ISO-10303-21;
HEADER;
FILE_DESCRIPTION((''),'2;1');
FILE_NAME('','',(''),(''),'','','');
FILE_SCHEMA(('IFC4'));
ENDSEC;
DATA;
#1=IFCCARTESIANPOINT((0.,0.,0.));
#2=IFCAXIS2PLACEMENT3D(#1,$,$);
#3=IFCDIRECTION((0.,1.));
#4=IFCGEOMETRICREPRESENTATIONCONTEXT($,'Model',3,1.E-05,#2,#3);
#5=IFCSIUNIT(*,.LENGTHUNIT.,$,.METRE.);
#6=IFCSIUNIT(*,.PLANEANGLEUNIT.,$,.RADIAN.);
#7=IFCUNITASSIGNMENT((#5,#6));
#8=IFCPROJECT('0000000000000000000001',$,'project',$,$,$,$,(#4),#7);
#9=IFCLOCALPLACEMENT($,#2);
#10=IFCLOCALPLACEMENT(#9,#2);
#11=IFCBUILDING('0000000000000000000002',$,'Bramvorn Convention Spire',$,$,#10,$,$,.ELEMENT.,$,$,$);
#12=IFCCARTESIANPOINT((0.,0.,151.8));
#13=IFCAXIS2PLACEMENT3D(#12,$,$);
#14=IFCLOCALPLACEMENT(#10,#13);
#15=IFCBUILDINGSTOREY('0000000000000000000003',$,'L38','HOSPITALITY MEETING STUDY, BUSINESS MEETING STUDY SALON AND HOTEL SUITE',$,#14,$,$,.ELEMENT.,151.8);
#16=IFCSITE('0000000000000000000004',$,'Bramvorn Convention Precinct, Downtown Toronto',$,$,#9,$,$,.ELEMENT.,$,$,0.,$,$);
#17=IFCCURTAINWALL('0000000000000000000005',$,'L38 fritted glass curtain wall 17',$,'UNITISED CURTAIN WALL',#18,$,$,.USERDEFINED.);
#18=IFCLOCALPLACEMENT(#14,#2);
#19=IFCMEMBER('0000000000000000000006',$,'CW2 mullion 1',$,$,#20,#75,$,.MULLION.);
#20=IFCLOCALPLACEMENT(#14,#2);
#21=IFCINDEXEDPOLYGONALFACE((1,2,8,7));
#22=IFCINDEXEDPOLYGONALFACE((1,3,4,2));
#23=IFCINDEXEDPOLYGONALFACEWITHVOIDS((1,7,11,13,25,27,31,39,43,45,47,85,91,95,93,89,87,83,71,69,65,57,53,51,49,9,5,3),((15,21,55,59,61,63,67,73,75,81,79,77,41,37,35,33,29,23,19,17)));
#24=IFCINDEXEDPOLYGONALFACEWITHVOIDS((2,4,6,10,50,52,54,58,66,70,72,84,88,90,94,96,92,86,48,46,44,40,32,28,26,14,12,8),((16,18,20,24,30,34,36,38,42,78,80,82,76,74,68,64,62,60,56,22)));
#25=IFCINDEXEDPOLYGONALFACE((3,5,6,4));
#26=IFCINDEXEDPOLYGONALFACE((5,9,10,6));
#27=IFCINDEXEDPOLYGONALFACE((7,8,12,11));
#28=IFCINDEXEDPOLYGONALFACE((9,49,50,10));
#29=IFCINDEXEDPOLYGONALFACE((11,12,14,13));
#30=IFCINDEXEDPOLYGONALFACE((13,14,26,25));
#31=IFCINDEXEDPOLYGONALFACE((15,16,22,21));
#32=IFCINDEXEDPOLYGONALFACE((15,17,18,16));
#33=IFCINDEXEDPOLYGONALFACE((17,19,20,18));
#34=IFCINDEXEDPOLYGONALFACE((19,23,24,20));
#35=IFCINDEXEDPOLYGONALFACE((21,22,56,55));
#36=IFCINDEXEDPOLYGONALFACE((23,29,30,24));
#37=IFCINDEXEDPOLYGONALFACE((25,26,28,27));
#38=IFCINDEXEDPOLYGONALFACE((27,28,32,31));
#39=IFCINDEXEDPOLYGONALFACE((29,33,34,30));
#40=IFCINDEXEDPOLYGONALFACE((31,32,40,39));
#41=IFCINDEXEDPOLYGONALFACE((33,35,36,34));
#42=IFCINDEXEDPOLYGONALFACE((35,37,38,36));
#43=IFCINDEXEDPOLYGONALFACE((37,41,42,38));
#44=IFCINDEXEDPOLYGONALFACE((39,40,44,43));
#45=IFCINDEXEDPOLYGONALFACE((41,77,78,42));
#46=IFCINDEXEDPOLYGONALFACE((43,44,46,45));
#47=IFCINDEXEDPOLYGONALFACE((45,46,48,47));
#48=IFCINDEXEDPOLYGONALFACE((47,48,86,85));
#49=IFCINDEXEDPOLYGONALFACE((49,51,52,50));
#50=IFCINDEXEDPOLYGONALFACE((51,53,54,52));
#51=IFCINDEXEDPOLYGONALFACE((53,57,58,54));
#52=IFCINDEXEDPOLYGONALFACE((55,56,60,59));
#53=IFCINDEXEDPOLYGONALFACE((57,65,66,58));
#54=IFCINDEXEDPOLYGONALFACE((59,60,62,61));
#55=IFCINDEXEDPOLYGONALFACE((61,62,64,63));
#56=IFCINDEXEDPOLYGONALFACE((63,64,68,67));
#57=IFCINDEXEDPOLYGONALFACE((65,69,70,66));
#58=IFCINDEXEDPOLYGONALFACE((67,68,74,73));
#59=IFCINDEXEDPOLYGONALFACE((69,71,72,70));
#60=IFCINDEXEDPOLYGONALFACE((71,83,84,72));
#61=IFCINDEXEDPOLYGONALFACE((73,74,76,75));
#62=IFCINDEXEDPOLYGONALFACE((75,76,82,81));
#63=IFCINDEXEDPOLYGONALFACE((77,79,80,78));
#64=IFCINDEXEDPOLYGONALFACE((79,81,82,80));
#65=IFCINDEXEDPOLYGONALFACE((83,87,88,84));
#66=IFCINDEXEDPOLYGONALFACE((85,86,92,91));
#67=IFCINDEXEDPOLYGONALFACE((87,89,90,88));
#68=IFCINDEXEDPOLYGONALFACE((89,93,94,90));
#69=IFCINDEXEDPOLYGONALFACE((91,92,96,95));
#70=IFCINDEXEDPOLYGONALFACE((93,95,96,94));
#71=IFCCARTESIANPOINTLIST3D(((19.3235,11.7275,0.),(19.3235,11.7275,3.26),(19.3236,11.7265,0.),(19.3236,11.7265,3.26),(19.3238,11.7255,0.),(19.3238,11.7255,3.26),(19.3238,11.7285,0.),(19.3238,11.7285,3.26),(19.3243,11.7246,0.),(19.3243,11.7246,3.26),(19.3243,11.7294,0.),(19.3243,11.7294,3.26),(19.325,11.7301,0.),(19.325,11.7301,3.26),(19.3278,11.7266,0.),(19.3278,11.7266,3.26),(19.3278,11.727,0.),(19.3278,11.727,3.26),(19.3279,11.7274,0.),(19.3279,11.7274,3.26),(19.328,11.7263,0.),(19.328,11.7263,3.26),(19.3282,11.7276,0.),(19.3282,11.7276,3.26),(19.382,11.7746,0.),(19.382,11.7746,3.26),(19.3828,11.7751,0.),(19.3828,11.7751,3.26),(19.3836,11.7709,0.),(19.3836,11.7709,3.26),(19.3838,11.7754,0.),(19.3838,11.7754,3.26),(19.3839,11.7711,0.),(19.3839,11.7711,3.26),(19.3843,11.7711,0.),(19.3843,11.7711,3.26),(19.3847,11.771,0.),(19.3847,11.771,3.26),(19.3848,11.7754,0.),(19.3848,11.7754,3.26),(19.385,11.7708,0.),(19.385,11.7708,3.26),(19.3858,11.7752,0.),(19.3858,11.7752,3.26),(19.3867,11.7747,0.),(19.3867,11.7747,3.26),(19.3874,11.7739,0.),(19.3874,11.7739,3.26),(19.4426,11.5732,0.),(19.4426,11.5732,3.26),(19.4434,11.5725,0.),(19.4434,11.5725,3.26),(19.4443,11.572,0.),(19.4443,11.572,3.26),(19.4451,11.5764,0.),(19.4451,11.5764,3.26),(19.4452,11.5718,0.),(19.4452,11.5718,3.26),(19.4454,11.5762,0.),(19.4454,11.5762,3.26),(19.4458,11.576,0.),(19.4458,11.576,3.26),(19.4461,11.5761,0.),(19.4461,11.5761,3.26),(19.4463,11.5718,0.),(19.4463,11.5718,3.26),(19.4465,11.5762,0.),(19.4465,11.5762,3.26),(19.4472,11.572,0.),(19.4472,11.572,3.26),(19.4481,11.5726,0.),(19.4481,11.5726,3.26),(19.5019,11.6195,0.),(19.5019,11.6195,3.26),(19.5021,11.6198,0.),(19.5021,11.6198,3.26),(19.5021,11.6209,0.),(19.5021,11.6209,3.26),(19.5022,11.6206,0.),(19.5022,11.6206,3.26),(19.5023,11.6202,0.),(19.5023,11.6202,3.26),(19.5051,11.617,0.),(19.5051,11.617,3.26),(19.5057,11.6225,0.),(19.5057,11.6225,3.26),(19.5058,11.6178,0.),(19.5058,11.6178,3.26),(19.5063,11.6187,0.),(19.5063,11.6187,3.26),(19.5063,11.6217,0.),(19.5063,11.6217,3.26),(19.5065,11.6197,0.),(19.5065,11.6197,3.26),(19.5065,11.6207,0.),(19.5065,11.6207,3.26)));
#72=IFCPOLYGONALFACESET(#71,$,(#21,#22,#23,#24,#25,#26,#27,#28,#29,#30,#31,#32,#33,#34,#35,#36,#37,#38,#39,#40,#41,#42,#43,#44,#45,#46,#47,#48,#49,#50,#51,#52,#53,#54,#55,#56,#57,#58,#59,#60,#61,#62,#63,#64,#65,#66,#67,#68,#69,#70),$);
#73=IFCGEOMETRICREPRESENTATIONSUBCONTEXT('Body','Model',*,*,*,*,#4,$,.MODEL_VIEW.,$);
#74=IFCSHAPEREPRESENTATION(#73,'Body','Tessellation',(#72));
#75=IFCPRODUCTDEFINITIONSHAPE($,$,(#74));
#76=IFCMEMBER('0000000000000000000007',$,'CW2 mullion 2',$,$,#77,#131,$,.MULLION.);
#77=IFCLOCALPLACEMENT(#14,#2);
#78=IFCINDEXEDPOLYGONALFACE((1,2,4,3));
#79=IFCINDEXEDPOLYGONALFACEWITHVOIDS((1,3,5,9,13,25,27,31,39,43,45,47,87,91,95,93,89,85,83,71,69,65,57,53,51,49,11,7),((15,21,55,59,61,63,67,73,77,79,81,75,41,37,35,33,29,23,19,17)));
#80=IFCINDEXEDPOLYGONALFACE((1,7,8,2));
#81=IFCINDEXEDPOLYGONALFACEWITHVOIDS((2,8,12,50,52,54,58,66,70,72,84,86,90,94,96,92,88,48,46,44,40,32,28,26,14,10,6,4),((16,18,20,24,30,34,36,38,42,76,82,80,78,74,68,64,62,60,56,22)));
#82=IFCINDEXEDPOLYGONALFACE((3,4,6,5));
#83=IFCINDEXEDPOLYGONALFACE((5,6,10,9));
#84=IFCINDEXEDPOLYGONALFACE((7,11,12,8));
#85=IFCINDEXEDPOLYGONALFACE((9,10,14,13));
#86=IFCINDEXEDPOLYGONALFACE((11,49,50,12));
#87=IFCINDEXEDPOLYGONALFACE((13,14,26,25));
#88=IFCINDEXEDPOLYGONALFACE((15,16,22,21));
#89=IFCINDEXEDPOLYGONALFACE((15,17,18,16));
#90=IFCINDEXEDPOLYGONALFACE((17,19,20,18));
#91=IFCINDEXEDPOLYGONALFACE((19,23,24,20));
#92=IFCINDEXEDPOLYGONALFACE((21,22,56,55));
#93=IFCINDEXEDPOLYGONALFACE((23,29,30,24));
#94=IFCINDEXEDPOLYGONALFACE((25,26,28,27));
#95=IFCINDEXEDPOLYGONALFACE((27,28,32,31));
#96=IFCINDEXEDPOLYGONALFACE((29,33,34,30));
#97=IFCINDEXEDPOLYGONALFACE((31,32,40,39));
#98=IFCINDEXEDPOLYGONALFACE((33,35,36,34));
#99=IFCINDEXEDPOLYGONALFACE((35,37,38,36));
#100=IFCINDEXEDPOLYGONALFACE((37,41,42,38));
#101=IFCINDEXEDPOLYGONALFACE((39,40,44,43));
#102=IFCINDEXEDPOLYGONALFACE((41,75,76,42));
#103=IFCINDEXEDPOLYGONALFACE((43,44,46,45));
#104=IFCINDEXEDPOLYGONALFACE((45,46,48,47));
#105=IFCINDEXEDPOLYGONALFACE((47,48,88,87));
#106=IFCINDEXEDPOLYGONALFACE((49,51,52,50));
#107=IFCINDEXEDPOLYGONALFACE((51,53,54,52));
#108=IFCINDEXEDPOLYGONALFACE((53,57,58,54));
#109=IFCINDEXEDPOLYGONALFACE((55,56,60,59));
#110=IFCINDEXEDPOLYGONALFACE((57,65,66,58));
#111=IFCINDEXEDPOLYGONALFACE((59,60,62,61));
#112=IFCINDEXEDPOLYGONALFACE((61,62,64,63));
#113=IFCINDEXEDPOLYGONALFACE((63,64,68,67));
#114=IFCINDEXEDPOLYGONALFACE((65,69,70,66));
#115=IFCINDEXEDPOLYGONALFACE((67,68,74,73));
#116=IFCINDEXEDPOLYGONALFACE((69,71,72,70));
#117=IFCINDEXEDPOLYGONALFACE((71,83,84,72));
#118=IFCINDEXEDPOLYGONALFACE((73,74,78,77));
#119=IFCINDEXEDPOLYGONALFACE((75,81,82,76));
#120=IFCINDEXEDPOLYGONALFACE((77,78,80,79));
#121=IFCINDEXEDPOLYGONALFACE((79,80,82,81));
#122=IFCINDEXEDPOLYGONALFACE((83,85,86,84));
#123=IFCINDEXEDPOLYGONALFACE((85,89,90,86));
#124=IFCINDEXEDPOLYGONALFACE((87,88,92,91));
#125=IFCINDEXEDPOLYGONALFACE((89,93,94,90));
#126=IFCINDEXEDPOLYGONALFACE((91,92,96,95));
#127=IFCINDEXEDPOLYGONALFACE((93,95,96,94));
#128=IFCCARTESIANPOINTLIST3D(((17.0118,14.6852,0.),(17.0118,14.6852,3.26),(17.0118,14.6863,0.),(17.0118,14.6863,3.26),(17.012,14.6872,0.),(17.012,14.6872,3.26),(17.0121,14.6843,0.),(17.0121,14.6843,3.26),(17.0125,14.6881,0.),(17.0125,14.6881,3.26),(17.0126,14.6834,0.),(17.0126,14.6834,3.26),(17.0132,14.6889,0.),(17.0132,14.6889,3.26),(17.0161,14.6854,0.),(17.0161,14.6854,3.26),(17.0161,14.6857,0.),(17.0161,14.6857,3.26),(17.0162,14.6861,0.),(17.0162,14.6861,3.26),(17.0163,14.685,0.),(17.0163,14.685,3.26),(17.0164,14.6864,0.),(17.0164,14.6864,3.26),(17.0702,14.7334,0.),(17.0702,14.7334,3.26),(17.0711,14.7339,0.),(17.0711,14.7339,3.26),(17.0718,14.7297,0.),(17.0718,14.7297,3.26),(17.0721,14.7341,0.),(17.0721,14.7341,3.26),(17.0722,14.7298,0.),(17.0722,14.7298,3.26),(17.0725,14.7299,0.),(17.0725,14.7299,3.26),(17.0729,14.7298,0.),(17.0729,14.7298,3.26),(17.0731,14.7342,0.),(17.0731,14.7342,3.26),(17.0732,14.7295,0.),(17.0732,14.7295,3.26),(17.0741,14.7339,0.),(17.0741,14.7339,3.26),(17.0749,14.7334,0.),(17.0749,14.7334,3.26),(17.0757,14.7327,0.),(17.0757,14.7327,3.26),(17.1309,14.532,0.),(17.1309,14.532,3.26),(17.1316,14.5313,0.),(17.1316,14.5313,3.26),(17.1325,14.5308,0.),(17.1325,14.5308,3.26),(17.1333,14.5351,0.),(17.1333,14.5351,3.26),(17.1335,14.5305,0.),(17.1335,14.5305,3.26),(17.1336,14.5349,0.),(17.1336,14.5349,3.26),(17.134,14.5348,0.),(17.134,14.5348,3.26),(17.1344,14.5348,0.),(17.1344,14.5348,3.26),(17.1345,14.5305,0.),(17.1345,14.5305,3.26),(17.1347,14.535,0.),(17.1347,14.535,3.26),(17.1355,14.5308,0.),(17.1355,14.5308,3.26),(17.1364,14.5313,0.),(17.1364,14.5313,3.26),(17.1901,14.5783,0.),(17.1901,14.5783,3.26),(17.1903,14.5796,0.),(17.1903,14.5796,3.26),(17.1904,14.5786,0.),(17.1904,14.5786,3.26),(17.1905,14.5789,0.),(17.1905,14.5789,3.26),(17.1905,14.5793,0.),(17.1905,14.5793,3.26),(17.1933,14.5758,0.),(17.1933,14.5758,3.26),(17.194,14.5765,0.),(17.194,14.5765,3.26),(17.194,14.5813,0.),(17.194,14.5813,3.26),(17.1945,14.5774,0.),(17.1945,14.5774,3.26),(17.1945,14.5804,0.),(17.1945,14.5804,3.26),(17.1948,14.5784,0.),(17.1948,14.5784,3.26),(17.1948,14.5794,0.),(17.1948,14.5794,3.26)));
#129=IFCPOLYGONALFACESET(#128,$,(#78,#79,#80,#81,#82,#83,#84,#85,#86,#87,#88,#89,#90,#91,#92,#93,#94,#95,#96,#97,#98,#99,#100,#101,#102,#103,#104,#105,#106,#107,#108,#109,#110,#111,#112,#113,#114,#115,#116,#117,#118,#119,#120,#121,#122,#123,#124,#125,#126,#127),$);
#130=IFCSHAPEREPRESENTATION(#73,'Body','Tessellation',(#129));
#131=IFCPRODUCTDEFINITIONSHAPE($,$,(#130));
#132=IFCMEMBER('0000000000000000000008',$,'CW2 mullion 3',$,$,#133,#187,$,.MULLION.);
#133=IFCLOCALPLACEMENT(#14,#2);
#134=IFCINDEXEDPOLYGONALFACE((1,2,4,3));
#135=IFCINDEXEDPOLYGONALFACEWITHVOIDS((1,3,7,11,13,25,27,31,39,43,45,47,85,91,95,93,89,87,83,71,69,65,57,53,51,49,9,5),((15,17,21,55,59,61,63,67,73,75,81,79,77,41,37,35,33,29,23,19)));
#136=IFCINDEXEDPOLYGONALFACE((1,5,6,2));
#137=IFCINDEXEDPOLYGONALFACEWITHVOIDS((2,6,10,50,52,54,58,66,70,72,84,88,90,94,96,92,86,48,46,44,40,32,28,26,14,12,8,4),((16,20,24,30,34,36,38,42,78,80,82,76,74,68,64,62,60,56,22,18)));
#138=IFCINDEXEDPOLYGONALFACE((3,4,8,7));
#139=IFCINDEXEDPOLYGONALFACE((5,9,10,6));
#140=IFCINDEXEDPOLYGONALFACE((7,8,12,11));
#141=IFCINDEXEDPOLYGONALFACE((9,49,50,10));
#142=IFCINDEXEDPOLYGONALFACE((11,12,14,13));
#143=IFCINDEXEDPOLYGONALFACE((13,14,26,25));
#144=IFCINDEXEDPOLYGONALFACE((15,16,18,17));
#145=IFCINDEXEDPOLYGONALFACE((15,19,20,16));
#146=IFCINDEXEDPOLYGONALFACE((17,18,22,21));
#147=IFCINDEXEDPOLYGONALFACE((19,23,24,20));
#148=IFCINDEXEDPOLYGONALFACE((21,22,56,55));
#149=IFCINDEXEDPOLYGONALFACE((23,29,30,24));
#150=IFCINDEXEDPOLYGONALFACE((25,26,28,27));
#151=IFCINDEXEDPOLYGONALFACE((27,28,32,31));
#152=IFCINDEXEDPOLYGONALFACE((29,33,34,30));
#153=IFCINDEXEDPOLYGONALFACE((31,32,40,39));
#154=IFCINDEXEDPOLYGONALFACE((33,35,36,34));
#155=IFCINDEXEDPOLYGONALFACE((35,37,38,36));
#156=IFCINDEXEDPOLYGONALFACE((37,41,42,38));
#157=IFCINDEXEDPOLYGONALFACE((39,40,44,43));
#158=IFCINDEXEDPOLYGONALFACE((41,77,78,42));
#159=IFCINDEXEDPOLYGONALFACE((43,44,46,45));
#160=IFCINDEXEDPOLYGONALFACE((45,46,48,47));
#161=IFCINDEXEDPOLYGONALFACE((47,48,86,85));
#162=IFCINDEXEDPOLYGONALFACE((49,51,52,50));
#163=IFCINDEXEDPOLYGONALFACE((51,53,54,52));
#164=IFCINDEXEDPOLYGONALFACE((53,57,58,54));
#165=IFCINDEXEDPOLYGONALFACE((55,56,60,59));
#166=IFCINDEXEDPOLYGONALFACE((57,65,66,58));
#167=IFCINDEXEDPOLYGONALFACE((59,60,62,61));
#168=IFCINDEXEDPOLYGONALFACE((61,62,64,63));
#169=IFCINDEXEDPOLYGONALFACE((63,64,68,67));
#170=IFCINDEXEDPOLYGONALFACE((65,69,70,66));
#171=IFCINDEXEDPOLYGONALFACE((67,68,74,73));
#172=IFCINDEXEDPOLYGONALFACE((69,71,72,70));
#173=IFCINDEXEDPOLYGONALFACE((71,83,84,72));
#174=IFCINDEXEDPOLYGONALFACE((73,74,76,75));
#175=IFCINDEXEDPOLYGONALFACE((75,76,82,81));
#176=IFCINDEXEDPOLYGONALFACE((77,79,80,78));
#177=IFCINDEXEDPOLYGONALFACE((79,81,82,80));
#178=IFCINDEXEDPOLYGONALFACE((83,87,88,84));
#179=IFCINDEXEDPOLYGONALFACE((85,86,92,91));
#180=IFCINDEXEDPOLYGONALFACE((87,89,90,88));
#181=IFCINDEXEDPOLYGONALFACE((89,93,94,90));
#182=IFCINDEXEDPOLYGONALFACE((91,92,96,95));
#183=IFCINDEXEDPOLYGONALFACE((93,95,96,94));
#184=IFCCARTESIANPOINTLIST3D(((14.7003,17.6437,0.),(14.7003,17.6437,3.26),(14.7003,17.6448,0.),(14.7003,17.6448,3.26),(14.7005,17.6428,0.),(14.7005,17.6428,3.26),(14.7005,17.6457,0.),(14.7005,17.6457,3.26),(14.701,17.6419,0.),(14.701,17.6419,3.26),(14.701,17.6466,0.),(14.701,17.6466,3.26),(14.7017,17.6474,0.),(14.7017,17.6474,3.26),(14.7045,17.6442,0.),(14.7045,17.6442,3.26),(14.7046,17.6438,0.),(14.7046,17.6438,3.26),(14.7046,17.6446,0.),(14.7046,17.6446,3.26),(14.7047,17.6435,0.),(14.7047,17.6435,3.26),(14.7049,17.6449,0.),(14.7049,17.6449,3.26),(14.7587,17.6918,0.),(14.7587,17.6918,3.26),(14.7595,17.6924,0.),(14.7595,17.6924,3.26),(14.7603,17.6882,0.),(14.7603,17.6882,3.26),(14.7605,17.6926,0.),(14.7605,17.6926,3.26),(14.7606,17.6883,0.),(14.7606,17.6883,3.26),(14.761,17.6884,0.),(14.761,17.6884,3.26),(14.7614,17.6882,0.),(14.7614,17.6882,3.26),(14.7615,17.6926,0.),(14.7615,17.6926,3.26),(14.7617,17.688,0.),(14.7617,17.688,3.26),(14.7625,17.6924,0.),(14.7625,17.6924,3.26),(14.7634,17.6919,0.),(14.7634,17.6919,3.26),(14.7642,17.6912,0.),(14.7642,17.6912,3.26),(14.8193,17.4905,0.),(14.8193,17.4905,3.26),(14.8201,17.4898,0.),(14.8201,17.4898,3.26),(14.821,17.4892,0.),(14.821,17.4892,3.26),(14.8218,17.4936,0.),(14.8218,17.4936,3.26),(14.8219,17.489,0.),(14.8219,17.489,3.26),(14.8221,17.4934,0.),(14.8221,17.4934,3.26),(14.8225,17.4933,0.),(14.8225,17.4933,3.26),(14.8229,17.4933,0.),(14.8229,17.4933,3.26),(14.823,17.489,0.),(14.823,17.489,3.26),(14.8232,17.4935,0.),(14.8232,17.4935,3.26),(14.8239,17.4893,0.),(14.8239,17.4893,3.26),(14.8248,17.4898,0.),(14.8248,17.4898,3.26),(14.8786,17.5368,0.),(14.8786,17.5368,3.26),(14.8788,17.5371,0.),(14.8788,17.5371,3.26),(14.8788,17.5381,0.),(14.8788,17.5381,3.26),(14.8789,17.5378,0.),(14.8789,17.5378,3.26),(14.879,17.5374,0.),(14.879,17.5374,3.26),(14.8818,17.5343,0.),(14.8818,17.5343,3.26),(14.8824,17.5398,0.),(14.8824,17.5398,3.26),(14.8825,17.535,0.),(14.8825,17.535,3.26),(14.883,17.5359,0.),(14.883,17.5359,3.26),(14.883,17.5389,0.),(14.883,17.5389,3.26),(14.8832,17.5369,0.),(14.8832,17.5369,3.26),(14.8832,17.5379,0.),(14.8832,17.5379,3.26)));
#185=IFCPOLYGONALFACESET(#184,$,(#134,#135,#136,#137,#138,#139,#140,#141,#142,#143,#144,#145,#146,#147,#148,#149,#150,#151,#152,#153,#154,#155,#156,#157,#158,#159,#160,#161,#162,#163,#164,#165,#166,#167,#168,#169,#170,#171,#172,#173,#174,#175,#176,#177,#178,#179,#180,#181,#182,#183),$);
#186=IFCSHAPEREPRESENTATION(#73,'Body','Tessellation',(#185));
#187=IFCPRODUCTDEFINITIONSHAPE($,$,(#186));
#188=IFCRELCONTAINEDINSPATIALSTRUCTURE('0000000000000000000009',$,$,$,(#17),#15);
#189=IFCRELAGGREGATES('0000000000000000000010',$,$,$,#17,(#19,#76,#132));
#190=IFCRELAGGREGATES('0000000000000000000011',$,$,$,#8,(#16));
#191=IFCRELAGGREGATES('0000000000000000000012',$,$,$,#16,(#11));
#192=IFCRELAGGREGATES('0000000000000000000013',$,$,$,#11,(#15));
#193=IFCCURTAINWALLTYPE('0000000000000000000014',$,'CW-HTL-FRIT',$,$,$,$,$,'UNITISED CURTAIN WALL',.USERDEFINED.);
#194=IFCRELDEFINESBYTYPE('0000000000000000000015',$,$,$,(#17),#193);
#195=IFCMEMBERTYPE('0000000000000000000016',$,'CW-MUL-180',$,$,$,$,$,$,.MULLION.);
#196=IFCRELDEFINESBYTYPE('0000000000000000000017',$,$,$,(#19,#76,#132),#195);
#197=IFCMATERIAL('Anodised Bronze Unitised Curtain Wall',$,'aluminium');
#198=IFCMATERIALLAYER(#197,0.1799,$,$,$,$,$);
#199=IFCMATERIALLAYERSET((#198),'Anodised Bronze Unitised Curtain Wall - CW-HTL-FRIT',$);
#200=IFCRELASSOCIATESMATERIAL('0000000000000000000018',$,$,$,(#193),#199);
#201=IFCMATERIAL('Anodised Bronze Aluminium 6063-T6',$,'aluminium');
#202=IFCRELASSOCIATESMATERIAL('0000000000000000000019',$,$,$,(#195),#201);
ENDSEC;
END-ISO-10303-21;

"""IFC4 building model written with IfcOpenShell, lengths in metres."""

from ifc_helpers import new_model, si_unit, direction, frame, origin, origin_2d, place, context, subcontext, project, spatial, hollow_rectangle, extrude, material, layer, layer_set, material_profile, profile_set, type_object, element, aggregate, save


model = new_model("IFC4")

# Units and contexts
model_context = context("Model", 3, precision=1e-05, world=origin(), true_north=direction((0.0, 1.0)))
body_context = subcontext(model_context, "Body", "Model", "MODEL_VIEW")
ifc_project = project(units=[si_unit("LENGTHUNIT", "METRE"), si_unit("PLANEANGLEUNIT", "RADIAN")], contexts=[model_context])

# Site, building, storey
site_placement = place(None, origin())
site = spatial("IfcSite", under=ifc_project, at=site_placement, Name="Bramvorn Convention Precinct, Downtown Toronto", CompositionType="ELEMENT", RefElevation=0.0)
building_placement = place(site_placement, origin())
building = spatial("IfcBuilding", under=site, at=building_placement, Name="Bramvorn Convention Spire", CompositionType="ELEMENT")
storey_placement = place(building_placement, frame((0.0, 0.0, 151.8)))
storey = spatial("IfcBuildingStorey", under=building, at=storey_placement, Name="L38", Description="HOSPITALITY MEETING STUDY, BUSINESS MEETING STUDY SALON AND HOTEL SUITE", CompositionType="ELEMENT", Elevation=151.8)

# Curtain wall, members
ifc_material_1 = material(Name="Anodised Bronze Unitised Curtain Wall", Category="aluminium")
ifc_layer_1 = layer(ifc_material_1, 0.1799)
ifc_layer_set_1 = layer_set([ifc_layer_1], Name="Anodised Bronze Unitised Curtain Wall - CW-HTL-FRIT")
curtain_wall_type = type_object("IfcCurtainWallType", Name="CW-HTL-FRIT", ElementType="UNITISED CURTAIN WALL", PredefinedType="USERDEFINED", material=ifc_layer_set_1)
curtain_wall_1_placement = place(storey_placement, origin())
curtain_wall_1 = element("IfcCurtainWall", 1, at=curtain_wall_1_placement, inside=storey, type_object=curtain_wall_type, Name="L38 fritted glass curtain wall 17", ObjectType="UNITISED CURTAIN WALL", PredefinedType="USERDEFINED")
ifc_material_2 = material(Name="Anodised Bronze Aluminium 6063-T6", Category="aluminium")
ifc_material_profile_1 = material_profile(ifc_material_2, hollow_rectangle(XDim=0.0801, YDim=0.2, WallThickness=0.0039, InnerFilletRadius=0.001, OuterFilletRadius=0.0039, at=origin_2d()))
ifc_profile_set_1 = profile_set([ifc_material_profile_1], Name="Anodised Bronze Aluminium 6063-T6 - CWM80X200")
member_type_1 = type_object("IfcMemberType", Name="CW-MUL-180", PredefinedType="MULLION", material=ifc_profile_set_1)
member_1_placement = place(storey_placement, frame((19.415, 11.6736, 0.0), z_axis=(0.0, 0.0, 1.0), x_axis=(-0.788003, -0.615671, 0.0)))
member_1 = element("IfcMember", 2, at=member_1_placement, type_object=member_type_1, Name="CW2 mullion 1", PredefinedType="MULLION", context=body_context, shape_type="SweptSolid", body=[
    extrude(hollow_rectangle(XDim=0.0801, YDim=0.2, WallThickness=0.0039, InnerFilletRadius=0.001, OuterFilletRadius=0.0039, at=origin_2d()), origin(), (0.0, 0.0, 1.0), 3.26),
])
member_2_placement = place(storey_placement, frame((17.1033, 14.6323, 0.0), z_axis=(0.0, 0.0, 1.0), x_axis=(-0.788003, -0.615671, 0.0)))
member_2 = element("IfcMember", 3, at=member_2_placement, type_object=member_type_1, Name="CW2 mullion 2", PredefinedType="MULLION", context=body_context, shape_type="SweptSolid", body=[
    extrude(hollow_rectangle(XDim=0.0801, YDim=0.2, WallThickness=0.0039, InnerFilletRadius=0.001, OuterFilletRadius=0.0039, at=origin_2d()), origin(), (0.0, 0.0, 1.0), 3.26),
])
member_3_placement = place(storey_placement, frame((14.7917, 17.5908, 0.0), z_axis=(0.0, 0.0, 1.0), x_axis=(-0.788003, -0.615671, 0.0)))
member_3 = element("IfcMember", 4, at=member_3_placement, type_object=member_type_1, Name="CW2 mullion 3", PredefinedType="MULLION", context=body_context, shape_type="SweptSolid", body=[
    extrude(hollow_rectangle(XDim=0.0801, YDim=0.2, WallThickness=0.0039, InnerFilletRadius=0.001, OuterFilletRadius=0.0039, at=origin_2d()), origin(), (0.0, 0.0, 1.0), 3.26),
])

aggregate(curtain_wall_1, [member_1, member_2, member_3])

save(model, "model.ifc")
